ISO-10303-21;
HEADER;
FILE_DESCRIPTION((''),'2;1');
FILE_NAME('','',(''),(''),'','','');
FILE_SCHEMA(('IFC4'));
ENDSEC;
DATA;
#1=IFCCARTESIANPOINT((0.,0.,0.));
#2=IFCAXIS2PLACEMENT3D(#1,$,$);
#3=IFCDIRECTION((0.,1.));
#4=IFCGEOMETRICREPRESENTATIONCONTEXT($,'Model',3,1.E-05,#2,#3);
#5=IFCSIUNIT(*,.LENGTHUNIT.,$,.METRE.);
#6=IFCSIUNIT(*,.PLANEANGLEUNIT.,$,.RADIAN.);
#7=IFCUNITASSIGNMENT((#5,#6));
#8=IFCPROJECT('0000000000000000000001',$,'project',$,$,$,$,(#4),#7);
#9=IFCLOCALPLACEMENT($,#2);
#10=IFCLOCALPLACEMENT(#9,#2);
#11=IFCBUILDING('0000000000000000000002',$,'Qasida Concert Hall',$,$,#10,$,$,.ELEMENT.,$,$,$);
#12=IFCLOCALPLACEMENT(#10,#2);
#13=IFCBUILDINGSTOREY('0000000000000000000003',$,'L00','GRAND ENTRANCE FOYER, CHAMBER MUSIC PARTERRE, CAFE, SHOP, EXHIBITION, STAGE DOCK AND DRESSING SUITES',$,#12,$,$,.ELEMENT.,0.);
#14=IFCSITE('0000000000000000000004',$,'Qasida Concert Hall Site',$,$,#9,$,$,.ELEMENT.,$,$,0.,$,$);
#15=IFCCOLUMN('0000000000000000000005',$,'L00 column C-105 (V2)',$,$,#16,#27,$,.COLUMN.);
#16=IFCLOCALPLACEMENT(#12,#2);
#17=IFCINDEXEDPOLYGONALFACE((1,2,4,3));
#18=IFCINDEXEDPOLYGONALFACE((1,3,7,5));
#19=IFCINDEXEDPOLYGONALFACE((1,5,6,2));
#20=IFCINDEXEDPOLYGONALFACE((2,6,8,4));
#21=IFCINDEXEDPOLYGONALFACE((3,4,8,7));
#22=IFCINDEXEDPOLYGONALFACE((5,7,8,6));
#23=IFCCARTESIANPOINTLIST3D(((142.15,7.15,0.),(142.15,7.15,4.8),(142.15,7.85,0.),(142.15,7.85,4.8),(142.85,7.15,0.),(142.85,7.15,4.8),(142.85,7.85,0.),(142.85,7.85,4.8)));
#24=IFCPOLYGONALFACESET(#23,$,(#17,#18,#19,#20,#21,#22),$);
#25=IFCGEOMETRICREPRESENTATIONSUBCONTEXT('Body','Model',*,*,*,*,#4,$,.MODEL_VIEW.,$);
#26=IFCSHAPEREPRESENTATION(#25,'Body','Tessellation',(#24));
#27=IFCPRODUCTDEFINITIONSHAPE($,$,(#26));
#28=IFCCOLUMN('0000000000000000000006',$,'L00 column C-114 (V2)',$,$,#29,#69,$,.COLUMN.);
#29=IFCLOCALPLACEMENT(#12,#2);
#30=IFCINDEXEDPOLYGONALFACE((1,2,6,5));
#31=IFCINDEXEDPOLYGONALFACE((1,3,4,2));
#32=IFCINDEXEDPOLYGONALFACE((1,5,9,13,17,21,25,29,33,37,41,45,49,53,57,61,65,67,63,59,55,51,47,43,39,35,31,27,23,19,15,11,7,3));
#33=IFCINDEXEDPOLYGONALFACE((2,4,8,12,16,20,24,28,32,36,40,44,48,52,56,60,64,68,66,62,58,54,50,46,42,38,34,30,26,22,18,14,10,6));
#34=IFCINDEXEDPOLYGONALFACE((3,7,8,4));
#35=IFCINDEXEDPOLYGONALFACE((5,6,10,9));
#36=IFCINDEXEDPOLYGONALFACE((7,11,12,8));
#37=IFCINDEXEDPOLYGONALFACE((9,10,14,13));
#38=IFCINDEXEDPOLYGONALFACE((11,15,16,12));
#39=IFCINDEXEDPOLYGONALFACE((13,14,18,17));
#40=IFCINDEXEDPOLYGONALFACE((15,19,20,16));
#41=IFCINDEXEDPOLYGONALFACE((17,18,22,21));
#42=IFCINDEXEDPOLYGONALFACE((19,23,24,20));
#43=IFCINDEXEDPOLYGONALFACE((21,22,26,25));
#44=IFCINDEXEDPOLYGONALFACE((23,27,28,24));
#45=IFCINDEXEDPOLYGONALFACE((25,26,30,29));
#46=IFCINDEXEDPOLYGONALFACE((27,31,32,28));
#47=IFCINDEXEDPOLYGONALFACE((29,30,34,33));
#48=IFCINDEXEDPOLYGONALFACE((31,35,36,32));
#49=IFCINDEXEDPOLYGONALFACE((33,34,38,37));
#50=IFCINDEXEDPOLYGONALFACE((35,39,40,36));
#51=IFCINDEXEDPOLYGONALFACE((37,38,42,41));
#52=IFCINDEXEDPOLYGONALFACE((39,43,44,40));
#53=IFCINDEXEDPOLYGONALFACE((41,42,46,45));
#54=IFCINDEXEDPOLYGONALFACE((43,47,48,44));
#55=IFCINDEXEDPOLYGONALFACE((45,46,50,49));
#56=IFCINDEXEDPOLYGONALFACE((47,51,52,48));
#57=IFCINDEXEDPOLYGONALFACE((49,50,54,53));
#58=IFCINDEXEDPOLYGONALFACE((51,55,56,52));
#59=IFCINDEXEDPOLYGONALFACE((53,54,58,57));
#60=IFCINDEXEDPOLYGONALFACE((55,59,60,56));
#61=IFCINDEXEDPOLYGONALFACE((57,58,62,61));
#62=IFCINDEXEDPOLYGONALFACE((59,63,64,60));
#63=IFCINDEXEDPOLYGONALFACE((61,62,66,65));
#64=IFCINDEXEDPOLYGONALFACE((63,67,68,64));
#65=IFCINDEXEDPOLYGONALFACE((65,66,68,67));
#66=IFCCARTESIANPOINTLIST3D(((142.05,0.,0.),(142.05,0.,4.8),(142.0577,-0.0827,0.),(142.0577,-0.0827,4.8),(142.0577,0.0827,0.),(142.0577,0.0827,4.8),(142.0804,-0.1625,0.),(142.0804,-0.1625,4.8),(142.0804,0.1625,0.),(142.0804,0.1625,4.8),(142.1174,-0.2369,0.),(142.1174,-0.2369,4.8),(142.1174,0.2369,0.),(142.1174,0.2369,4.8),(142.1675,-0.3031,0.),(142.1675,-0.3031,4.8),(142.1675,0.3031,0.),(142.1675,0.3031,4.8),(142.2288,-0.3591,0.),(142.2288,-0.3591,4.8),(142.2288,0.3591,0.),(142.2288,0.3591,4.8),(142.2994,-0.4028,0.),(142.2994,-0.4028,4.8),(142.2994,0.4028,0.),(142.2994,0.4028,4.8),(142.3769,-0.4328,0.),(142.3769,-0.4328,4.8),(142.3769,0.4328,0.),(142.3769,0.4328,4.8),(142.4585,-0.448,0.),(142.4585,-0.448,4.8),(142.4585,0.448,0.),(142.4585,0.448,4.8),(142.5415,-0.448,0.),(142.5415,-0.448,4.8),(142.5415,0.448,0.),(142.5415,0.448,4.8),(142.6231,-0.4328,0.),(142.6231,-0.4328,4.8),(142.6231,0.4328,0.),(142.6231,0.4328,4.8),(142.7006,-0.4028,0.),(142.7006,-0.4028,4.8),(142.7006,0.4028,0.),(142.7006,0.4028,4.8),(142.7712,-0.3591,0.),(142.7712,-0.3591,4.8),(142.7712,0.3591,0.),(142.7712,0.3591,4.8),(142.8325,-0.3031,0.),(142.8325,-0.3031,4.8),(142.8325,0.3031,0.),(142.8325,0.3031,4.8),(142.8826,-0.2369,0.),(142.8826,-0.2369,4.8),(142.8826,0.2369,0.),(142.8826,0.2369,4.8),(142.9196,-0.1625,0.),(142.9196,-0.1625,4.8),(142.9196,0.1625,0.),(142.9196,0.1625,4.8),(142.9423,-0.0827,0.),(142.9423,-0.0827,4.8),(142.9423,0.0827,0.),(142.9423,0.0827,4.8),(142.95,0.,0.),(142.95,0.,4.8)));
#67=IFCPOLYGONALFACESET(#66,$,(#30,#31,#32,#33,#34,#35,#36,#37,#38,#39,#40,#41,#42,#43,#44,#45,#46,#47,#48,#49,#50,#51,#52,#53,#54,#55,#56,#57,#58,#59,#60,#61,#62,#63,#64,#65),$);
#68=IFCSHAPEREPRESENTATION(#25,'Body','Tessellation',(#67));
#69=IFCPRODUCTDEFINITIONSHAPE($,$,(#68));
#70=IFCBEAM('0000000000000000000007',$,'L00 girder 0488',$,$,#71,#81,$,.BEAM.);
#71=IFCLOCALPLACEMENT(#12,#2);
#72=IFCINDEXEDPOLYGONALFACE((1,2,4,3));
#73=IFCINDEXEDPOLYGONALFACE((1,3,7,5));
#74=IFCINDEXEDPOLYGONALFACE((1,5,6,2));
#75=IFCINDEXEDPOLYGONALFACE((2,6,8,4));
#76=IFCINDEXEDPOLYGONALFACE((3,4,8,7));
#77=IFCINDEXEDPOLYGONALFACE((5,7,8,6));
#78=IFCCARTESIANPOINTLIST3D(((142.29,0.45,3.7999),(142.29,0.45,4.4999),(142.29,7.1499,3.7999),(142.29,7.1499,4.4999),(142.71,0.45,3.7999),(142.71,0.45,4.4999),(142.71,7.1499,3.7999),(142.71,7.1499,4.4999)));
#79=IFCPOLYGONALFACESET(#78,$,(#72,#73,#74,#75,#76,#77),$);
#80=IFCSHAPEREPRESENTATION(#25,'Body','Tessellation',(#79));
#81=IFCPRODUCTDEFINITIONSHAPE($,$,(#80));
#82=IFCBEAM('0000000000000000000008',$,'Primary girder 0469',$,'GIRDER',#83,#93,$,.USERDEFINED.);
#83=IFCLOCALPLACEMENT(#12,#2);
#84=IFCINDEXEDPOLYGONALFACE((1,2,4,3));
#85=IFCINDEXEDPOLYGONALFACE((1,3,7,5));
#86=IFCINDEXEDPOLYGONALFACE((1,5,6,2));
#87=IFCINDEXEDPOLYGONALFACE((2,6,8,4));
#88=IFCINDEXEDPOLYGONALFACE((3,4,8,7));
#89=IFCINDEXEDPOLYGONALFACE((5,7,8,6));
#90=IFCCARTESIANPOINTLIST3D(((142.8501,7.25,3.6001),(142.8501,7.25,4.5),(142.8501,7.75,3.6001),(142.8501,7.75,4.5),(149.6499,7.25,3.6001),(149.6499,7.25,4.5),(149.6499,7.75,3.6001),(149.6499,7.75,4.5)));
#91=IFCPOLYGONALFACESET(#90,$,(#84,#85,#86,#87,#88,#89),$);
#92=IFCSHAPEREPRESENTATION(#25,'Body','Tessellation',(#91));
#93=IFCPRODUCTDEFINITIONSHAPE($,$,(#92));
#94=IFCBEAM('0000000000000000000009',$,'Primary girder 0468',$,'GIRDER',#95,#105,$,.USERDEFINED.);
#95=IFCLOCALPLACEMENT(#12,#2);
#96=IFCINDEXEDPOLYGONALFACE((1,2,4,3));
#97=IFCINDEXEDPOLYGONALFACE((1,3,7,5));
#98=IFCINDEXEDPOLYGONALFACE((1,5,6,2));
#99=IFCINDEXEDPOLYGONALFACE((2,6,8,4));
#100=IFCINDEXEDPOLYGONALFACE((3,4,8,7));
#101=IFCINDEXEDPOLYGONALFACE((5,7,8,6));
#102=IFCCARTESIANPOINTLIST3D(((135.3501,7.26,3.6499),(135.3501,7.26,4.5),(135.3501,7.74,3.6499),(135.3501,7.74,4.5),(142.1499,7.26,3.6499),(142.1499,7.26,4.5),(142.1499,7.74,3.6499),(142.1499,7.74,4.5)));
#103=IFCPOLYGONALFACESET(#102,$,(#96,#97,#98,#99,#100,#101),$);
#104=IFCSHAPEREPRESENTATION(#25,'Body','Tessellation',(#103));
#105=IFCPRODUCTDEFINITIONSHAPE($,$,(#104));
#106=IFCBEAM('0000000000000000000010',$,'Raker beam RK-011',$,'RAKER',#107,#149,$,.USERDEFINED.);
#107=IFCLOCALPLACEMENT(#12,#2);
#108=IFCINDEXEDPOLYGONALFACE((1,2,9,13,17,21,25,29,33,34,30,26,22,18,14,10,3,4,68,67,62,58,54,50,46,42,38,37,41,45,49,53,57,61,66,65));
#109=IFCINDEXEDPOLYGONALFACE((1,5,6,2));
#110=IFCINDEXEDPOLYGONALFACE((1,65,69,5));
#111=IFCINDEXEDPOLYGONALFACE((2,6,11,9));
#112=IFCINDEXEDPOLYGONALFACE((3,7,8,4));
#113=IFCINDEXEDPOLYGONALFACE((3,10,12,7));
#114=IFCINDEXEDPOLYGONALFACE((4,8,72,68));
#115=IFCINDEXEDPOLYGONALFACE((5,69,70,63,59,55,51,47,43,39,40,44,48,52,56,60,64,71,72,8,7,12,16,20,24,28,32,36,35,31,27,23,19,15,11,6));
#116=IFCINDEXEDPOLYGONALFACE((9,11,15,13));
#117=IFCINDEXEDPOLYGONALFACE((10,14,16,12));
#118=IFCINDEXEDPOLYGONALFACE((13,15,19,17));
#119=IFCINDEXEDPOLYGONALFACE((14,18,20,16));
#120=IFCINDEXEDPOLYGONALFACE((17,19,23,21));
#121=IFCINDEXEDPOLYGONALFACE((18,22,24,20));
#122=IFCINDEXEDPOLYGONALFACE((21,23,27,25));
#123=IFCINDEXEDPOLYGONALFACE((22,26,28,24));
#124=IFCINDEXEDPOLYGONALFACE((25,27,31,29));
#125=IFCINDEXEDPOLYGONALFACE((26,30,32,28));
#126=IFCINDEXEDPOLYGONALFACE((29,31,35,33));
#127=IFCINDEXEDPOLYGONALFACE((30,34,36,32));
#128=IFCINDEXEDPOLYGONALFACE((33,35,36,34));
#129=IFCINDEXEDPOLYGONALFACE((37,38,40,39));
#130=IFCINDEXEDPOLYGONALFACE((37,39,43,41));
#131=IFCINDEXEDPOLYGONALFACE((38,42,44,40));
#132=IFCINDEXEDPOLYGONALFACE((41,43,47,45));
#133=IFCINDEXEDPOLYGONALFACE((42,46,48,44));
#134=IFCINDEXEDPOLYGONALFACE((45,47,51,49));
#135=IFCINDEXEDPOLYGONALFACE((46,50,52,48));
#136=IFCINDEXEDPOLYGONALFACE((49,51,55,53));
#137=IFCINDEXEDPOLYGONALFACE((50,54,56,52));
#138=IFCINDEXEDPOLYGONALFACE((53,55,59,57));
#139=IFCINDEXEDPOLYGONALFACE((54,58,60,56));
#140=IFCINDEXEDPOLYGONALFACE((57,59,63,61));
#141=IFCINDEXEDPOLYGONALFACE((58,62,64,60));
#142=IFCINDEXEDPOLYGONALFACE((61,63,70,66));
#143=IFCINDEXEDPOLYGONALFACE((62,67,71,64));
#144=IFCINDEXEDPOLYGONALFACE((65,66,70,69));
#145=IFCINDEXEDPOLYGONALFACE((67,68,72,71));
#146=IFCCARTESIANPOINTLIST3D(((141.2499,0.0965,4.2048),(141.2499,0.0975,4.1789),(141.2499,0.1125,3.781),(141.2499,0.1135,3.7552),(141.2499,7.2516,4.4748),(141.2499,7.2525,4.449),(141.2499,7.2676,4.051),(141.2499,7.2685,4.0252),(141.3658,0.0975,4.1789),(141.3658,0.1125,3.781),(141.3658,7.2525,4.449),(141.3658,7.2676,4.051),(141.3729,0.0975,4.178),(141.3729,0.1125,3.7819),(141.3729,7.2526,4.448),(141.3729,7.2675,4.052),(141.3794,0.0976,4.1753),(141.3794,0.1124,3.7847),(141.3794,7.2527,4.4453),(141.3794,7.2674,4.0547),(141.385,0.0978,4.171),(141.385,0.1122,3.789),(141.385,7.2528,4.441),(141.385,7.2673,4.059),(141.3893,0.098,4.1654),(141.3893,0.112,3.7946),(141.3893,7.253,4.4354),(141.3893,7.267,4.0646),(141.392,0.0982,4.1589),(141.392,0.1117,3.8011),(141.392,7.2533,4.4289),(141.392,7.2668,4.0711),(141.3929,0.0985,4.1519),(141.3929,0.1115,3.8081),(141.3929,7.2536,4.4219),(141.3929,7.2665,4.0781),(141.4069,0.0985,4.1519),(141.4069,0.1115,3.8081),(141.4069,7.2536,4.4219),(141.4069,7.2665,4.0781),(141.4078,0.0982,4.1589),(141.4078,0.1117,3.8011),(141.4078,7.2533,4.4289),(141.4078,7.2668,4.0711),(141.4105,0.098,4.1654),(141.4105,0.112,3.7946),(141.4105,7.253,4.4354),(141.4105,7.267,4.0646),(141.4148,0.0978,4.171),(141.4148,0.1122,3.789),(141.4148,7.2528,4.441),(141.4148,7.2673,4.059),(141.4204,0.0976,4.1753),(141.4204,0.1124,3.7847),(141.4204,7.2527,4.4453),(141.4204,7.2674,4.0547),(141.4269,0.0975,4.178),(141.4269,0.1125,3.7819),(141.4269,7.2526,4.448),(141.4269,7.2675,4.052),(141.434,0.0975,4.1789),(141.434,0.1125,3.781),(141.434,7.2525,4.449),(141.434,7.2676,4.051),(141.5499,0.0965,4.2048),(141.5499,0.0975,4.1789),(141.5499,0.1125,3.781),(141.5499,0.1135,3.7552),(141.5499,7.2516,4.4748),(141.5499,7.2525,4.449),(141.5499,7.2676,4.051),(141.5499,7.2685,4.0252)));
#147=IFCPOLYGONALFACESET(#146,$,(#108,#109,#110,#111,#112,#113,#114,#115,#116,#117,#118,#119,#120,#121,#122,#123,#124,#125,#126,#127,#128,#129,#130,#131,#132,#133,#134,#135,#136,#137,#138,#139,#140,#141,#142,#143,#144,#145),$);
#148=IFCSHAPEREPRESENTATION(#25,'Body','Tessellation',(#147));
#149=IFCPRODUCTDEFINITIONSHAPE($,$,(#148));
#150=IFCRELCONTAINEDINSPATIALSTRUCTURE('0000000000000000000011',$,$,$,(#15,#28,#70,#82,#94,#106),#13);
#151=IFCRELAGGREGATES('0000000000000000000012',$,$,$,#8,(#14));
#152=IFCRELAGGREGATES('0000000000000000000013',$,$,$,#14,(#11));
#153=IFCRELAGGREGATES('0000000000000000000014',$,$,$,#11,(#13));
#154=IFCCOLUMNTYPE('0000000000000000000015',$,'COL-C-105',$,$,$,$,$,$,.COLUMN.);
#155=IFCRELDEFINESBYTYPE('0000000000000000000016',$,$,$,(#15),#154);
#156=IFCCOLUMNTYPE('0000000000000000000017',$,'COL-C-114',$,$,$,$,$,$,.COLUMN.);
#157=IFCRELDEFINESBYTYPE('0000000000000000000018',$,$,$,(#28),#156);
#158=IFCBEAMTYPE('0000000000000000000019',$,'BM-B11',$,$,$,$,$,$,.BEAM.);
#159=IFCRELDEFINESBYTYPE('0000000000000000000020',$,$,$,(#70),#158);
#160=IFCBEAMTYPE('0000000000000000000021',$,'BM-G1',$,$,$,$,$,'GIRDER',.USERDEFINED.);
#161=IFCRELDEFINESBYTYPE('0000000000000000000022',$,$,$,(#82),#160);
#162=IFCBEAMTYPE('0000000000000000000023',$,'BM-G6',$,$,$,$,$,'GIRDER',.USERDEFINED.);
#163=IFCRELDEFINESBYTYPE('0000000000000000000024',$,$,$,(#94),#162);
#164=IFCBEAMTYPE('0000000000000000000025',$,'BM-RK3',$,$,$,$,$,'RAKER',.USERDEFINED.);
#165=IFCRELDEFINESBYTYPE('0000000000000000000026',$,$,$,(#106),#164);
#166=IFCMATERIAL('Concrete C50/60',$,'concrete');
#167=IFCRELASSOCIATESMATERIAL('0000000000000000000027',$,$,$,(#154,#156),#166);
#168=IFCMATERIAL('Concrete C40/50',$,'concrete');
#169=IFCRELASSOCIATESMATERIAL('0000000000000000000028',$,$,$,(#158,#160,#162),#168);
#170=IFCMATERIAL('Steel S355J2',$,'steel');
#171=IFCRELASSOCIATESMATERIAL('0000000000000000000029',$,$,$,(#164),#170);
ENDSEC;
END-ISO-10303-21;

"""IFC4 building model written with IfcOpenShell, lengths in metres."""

from ifc_helpers import new_model, si_unit, direction, frame, origin, origin_2d, place, context, subcontext, project, spatial, rectangle, circle, i_section, extrude, material, material_profile, profile_set, type_object, element, save


model = new_model("IFC4")

# Units and contexts
model_context = context("Model", 3, precision=1e-05, world=origin(), true_north=direction((0.0, 1.0)))
body_context = subcontext(model_context, "Body", "Model", "MODEL_VIEW")
ifc_project = project(units=[si_unit("LENGTHUNIT", "METRE"), si_unit("PLANEANGLEUNIT", "RADIAN")], contexts=[model_context])

# Site, building, storey
site_placement = place(None, origin())
site = spatial("IfcSite", under=ifc_project, at=site_placement, Name="Qasida Concert Hall Site", CompositionType="ELEMENT", RefElevation=0.0)
building_placement = place(site_placement, origin())
building = spatial("IfcBuilding", under=site, at=building_placement, Name="Qasida Concert Hall", CompositionType="ELEMENT")
storey_placement = place(building_placement, origin())
storey = spatial("IfcBuildingStorey", under=building, at=storey_placement, Name="L00", Description="GRAND ENTRANCE FOYER, CHAMBER MUSIC PARTERRE, CAFE, SHOP, EXHIBITION, STAGE DOCK AND DRESSING SUITES", CompositionType="ELEMENT", Elevation=0.0)

# Columns
ifc_material_1 = material(Name="Concrete C50/60", Category="concrete")
ifc_material_profile_1 = material_profile(ifc_material_1, rectangle(XDim=0.7, YDim=0.7, at=origin_2d()), Name="RC 700x700")
ifc_profile_set_1 = profile_set([ifc_material_profile_1], Name="Concrete C50/60")
column_type_1 = type_object("IfcColumnType", Name="COL-C-105", PredefinedType="COLUMN", material=ifc_profile_set_1)
column_1_placement = place(storey_placement, frame((142.5, 7.5, 0.0), z_axis=(0.0, 0.0, 1.0), x_axis=(1.0, 0.0, 0.0)))
element("IfcColumn", 1, at=column_1_placement, inside=storey, type_object=column_type_1, Name="L00 column C-105 (V2)", PredefinedType="COLUMN", context=body_context, shape_type="SweptSolid", body=[
    extrude(rectangle(XDim=0.7, YDim=0.7, at=origin_2d()), origin(), (0.0, 0.0, 1.0), 4.8),
])
ifc_material_profile_2 = material_profile(ifc_material_1, circle(Radius=0.45, at=origin_2d()), Name="RC COL D900")
ifc_profile_set_2 = profile_set([ifc_material_profile_2], Name="Concrete C50/60")
column_type_2 = type_object("IfcColumnType", Name="COL-C-114", PredefinedType="COLUMN", material=ifc_profile_set_2)
column_2_placement = place(storey_placement, frame((142.5, 0.0, 0.0), z_axis=(0.0, 0.0, 1.0), x_axis=(1.0, 0.0, 0.0)))
element("IfcColumn", 2, at=column_2_placement, inside=storey, type_object=column_type_2, Name="L00 column C-114 (V2)", PredefinedType="COLUMN", context=body_context, shape_type="SweptSolid", body=[
    extrude(circle(Radius=0.45, at=origin_2d()), origin(), (0.0, 0.0, 1.0), 4.8),
])

# Beams
ifc_material_2 = material(Name="Concrete C40/50", Category="concrete")
ifc_material_profile_3 = material_profile(ifc_material_2, rectangle(XDim=0.4199, YDim=0.7, at=origin_2d()), Name="RC 420x700")
ifc_profile_set_3 = profile_set([ifc_material_profile_3], Name="Concrete C40/50")
beam_type_1 = type_object("IfcBeamType", Name="BM-B11", PredefinedType="BEAM", material=ifc_profile_set_3)
beam_1_placement = place(storey_placement, frame((142.5, 0.45, 4.1499), z_axis=(0.0, 1.0, 0.0), x_axis=(-1.0, 0.0, 0.0)))
element("IfcBeam", 3, at=beam_1_placement, inside=storey, type_object=beam_type_1, Name="L00 girder 0488", PredefinedType="BEAM", context=body_context, shape_type="SweptSolid", body=[
    extrude(rectangle(XDim=0.4199, YDim=0.7, at=origin_2d()), origin(), (0.0, 0.0, 1.0), 6.7),
])
ifc_material_profile_4 = material_profile(ifc_material_2, rectangle(XDim=0.5, YDim=0.8999, at=origin_2d()), Name="RC 500x900")
ifc_profile_set_4 = profile_set([ifc_material_profile_4], Name="Concrete C40/50")
beam_type_2 = type_object("IfcBeamType", Name="BM-G1", ElementType="GIRDER", PredefinedType="USERDEFINED", material=ifc_profile_set_4)
beam_2_placement = place(storey_placement, frame((142.8501, 7.5, 4.05), z_axis=(1.0, 0.0, 0.0), x_axis=(0.0, 1.0, 0.0)))
element("IfcBeam", 4, at=beam_2_placement, inside=storey, type_object=beam_type_2, Name="Primary girder 0469", ObjectType="GIRDER", PredefinedType="USERDEFINED", context=body_context, shape_type="SweptSolid", body=[
    extrude(rectangle(XDim=0.5, YDim=0.8999, at=origin_2d()), origin(), (0.0, 0.0, 1.0), 6.7998),
])
ifc_material_profile_5 = material_profile(ifc_material_2, rectangle(XDim=0.48, YDim=0.8501, at=origin_2d()), Name="RC 480x850")
ifc_profile_set_5 = profile_set([ifc_material_profile_5], Name="Concrete C40/50")
beam_type_3 = type_object("IfcBeamType", Name="BM-G6", ElementType="GIRDER", PredefinedType="USERDEFINED", material=ifc_profile_set_5)
beam_3_placement = place(storey_placement, frame((135.3501, 7.5, 4.075), z_axis=(1.0, 0.0, 0.0), x_axis=(0.0, 1.0, 0.0)))
element("IfcBeam", 5, at=beam_3_placement, inside=storey, type_object=beam_type_3, Name="Primary girder 0468", ObjectType="GIRDER", PredefinedType="USERDEFINED", context=body_context, shape_type="SweptSolid", body=[
    extrude(rectangle(XDim=0.48, YDim=0.8501, at=origin_2d()), origin(), (0.0, 0.0, 1.0), 6.7998),
])
ifc_material_3 = material(Name="Steel S355J2", Category="steel")
ifc_material_profile_6 = material_profile(ifc_material_3, i_section(OverallWidth=0.3, OverallDepth=0.45, WebThickness=0.0139, FlangeThickness=0.0259, FilletRadius=0.0271, at=origin_2d()), Name="HEB 450")
ifc_profile_set_6 = profile_set([ifc_material_profile_6], Name="Steel S355J2")
beam_type_4 = type_object("IfcBeamType", Name="BM-RK3", ElementType="RAKER", PredefinedType="USERDEFINED", material=ifc_profile_set_6)
beam_4_placement = place(storey_placement, frame((141.3999, 0.105, 3.98), z_axis=(0.0, 0.999289, 0.037712), x_axis=(-1.0, 0.0, 0.0)))
element("IfcBeam", 6, at=beam_4_placement, inside=storey, type_object=beam_type_4, Name="Raker beam RK-011", ObjectType="RAKER", PredefinedType="USERDEFINED", context=body_context, shape_type="SweptSolid", body=[
    extrude(i_section(OverallWidth=0.3, OverallDepth=0.45, WebThickness=0.0139, FlangeThickness=0.0259, FilletRadius=0.0271, at=origin_2d()), origin(), (0.0, 0.0, 1.0), 7.1602),
])

save(model, "model.ifc")
